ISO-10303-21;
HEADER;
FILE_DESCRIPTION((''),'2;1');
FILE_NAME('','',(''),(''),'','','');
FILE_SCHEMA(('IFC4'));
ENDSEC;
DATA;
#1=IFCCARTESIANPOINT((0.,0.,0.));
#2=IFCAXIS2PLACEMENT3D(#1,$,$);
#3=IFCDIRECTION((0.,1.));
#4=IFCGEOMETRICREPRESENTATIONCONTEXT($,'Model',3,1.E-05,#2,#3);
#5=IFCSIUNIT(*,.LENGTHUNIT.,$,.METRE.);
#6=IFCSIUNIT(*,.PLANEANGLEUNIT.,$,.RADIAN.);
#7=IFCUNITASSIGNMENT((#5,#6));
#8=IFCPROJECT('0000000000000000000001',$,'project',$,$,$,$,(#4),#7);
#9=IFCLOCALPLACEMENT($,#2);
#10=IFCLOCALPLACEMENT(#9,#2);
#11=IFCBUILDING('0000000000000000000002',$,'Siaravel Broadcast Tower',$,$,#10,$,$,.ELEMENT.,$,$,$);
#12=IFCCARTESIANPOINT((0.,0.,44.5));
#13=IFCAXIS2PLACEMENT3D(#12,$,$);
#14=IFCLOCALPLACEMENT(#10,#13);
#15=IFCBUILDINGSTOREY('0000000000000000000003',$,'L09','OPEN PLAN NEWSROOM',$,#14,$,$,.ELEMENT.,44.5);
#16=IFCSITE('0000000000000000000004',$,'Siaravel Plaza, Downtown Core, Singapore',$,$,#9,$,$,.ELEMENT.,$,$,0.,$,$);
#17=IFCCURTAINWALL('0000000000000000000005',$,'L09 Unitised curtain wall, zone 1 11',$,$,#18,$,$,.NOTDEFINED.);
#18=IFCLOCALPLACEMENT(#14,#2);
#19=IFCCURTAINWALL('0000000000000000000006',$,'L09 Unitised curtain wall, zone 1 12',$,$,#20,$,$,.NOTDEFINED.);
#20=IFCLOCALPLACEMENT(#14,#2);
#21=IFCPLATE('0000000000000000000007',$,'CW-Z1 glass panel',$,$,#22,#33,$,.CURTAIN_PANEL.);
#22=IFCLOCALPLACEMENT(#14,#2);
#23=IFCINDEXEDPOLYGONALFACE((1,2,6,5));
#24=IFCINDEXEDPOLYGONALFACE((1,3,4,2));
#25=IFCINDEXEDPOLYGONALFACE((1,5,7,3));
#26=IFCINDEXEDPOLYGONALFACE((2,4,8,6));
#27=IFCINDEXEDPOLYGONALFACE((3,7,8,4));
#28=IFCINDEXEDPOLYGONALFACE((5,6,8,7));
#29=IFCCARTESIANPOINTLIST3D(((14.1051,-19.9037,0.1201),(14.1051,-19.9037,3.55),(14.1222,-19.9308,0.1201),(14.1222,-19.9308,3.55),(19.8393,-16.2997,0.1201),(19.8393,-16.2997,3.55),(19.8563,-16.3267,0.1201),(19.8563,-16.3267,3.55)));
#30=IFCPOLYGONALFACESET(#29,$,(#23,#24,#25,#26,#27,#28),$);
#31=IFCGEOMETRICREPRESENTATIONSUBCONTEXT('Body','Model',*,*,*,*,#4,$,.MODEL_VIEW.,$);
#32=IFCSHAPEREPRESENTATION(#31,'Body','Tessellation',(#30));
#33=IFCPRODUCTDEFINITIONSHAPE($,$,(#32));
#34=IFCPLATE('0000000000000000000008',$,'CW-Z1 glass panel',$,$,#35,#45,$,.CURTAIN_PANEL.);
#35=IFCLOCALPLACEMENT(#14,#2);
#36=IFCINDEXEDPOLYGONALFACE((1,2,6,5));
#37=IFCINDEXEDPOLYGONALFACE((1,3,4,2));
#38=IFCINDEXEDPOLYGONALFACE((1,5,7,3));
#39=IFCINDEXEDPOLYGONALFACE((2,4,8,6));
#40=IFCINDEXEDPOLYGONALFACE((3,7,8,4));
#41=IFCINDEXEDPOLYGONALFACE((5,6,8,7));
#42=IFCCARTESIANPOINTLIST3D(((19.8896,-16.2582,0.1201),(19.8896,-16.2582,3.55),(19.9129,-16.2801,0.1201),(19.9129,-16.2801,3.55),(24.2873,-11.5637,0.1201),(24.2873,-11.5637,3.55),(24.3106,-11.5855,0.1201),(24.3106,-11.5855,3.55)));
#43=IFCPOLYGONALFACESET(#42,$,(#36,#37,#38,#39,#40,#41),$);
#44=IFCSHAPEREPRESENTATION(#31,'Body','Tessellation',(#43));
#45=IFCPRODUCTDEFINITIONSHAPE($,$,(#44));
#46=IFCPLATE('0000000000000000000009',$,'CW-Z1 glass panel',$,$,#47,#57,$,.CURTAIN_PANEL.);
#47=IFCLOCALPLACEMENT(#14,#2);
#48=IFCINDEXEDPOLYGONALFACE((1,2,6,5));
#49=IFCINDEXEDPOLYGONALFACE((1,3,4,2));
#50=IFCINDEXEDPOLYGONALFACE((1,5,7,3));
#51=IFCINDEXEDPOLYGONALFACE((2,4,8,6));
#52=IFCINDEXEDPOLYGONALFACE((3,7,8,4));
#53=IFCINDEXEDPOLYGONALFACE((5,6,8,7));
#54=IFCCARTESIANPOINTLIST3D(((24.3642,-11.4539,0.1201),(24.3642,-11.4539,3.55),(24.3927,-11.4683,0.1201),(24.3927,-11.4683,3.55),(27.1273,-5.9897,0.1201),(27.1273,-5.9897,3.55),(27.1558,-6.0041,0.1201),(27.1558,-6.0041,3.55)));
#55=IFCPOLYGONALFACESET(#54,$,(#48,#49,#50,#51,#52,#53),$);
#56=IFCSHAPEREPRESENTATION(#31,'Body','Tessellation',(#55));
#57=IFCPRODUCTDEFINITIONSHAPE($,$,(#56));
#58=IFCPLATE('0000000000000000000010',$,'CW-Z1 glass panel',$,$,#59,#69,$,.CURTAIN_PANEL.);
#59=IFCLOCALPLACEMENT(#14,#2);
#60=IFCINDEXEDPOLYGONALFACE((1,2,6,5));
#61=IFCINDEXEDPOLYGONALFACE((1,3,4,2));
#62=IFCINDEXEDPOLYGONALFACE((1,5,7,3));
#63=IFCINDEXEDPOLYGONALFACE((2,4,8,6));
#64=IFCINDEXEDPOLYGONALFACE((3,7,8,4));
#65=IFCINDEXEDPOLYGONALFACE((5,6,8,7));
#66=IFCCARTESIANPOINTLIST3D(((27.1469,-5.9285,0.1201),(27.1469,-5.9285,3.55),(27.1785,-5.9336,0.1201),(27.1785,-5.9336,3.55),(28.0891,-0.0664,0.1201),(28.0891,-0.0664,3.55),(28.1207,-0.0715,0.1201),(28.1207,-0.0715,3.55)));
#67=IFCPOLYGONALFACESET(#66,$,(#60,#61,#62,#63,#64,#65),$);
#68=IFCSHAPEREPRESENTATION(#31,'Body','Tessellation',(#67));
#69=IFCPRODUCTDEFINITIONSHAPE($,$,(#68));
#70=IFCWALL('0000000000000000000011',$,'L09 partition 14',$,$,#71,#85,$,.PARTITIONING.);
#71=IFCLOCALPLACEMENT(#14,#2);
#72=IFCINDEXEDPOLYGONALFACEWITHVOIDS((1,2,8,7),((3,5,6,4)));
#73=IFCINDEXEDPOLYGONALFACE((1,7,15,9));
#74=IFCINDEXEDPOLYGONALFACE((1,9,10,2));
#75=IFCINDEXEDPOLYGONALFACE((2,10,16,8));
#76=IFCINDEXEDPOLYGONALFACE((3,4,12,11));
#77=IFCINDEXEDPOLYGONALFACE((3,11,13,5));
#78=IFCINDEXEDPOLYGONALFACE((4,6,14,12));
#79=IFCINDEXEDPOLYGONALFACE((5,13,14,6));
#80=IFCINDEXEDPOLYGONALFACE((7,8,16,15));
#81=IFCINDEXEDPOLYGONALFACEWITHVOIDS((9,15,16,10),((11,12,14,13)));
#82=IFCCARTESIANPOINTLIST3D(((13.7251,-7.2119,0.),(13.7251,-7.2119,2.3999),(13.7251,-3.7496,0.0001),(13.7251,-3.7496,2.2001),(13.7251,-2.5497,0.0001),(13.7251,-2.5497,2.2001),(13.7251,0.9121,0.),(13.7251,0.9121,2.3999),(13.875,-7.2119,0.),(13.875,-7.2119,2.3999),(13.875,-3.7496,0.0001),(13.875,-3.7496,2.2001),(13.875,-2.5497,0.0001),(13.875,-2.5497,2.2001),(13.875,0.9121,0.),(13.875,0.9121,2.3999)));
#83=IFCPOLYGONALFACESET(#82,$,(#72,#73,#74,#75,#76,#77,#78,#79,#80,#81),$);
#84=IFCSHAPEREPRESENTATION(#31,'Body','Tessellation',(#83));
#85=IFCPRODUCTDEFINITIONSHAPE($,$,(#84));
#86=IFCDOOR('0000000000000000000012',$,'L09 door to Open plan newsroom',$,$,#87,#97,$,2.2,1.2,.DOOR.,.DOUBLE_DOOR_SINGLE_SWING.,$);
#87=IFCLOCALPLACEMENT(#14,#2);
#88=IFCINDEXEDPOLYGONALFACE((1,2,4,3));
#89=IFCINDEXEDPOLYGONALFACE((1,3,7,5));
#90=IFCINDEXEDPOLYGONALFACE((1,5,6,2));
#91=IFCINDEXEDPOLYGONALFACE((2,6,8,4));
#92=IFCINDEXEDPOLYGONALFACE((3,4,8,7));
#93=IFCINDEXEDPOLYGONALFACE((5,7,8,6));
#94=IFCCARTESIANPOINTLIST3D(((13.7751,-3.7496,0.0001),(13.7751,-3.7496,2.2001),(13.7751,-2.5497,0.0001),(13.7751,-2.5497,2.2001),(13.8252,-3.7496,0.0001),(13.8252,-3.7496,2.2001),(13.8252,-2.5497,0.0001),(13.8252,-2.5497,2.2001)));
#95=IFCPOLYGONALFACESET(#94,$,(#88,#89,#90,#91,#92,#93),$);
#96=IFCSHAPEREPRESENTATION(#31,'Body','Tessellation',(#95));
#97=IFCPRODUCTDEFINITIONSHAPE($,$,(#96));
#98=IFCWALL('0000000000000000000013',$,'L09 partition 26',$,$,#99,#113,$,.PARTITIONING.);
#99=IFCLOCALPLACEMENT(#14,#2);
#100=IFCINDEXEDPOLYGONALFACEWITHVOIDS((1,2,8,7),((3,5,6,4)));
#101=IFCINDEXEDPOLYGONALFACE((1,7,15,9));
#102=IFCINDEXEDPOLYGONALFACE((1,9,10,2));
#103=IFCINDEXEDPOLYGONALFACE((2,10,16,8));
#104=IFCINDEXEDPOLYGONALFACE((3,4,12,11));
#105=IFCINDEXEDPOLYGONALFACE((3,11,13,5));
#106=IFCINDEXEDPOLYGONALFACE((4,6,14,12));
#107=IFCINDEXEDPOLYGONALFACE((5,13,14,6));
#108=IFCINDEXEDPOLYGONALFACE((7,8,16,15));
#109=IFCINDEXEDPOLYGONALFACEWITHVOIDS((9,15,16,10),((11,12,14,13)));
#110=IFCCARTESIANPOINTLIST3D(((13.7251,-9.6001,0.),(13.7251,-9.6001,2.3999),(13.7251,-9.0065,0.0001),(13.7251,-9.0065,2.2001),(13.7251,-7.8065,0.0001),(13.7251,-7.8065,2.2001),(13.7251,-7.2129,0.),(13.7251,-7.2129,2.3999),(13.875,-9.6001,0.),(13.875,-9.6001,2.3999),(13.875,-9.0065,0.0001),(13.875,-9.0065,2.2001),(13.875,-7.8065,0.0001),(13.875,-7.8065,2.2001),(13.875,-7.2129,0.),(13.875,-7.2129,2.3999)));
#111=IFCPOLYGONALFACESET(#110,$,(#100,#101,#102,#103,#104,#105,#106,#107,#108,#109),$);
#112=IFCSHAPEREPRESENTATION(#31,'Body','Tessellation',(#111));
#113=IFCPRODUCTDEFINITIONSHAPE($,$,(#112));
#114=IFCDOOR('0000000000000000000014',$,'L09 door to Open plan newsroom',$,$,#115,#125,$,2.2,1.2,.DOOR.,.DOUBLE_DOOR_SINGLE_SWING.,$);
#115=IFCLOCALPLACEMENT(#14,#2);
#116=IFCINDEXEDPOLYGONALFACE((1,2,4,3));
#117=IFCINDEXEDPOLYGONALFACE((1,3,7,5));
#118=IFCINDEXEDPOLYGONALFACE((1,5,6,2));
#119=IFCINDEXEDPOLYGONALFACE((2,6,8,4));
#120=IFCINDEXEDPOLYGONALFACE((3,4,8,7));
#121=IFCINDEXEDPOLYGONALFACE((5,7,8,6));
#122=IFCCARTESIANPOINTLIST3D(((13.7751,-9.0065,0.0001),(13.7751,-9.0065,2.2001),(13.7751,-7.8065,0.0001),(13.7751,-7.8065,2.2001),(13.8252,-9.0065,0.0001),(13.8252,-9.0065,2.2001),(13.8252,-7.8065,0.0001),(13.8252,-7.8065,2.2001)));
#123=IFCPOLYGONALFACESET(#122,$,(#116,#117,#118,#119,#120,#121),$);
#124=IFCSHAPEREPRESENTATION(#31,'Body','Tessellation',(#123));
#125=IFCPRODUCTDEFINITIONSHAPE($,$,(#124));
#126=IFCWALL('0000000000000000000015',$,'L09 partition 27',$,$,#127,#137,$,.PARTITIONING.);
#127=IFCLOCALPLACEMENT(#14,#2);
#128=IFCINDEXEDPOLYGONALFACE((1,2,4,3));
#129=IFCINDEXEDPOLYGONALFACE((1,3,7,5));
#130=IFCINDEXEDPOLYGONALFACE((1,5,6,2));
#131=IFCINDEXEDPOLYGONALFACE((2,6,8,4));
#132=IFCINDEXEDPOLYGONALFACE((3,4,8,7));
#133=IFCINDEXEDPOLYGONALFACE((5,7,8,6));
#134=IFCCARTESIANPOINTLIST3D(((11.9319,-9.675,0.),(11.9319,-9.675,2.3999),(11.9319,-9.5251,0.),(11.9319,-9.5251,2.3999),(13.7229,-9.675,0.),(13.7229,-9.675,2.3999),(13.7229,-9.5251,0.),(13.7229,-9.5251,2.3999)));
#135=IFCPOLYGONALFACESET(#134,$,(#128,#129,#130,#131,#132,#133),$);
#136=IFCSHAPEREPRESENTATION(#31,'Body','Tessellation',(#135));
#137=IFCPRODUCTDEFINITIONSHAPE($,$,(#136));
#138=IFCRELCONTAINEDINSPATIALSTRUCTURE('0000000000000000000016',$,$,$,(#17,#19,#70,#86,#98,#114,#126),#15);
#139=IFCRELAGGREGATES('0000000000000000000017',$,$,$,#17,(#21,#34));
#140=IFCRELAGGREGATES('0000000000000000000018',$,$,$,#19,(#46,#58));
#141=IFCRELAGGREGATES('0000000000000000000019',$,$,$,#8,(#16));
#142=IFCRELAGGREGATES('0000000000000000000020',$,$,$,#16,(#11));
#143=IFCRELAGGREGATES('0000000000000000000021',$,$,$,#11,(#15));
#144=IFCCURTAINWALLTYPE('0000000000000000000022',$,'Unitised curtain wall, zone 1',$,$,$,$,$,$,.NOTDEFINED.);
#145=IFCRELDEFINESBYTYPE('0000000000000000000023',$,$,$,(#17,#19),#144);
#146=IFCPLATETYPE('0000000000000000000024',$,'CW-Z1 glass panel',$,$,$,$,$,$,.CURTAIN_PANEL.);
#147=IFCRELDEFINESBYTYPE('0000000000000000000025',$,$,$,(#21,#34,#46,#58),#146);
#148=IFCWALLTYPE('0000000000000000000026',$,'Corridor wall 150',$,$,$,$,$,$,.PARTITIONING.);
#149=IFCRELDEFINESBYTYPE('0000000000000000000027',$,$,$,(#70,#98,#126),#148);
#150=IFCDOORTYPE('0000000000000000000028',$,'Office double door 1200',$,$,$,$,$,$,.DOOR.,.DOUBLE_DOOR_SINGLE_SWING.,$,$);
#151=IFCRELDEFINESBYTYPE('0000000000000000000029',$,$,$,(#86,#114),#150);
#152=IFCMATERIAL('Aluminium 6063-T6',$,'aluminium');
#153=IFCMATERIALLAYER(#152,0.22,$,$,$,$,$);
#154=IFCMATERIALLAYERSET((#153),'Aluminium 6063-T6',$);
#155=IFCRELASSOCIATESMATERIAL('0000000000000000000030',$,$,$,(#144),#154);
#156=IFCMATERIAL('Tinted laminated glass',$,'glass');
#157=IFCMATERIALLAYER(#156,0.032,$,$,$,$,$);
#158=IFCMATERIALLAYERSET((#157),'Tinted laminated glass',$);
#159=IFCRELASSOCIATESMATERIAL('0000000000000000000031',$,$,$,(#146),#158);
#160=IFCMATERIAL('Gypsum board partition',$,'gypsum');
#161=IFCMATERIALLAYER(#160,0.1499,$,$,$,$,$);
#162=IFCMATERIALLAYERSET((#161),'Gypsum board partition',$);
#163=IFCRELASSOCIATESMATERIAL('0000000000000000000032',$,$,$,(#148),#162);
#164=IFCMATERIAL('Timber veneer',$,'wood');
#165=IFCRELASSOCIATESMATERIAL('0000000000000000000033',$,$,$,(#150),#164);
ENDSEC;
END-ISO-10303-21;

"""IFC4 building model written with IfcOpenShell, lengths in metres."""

from ifc_helpers import new_model, si_unit, direction, frame, frame_2d, origin, origin_2d, place, context, subcontext, project, spatial, rectangle, extrude, material, layer, layer_set, type_object, element, fill, aggregate, save


model = new_model("IFC4")

# Units and contexts
model_context = context("Model", 3, precision=1e-05, world=origin(), true_north=direction((0.0, 1.0)))
body_context = subcontext(model_context, "Body", "Model", "MODEL_VIEW")
ifc_project = project(units=[si_unit("LENGTHUNIT", "METRE"), si_unit("PLANEANGLEUNIT", "RADIAN")], contexts=[model_context])

# Site, building, storey
site_placement = place(None, origin())
site = spatial("IfcSite", under=ifc_project, at=site_placement, Name="Siaravel Plaza, Downtown Core, Singapore", CompositionType="ELEMENT", RefElevation=0.0)
building_placement = place(site_placement, origin())
building = spatial("IfcBuilding", under=site, at=building_placement, Name="Siaravel Broadcast Tower", CompositionType="ELEMENT")
storey_placement = place(building_placement, frame((0.0, 0.0, 44.5)))
storey = spatial("IfcBuildingStorey", under=building, at=storey_placement, Name="L09", Description="OPEN PLAN NEWSROOM", CompositionType="ELEMENT", Elevation=44.5)

# Shared definitions
ifc_material_1 = material(Name="Aluminium 6063-T6", Category="aluminium")
ifc_layer_1 = layer(ifc_material_1, 0.22)
ifc_layer_set_1 = layer_set([ifc_layer_1], Name="Aluminium 6063-T6")
curtain_wall_type = type_object("IfcCurtainWallType", Name="Unitised curtain wall, zone 1", PredefinedType="NOTDEFINED", material=ifc_layer_set_1)

# Curtain walls
curtain_wall_1_placement = place(storey_placement, origin())
curtain_wall_1 = element("IfcCurtainWall", 1, at=curtain_wall_1_placement, inside=storey, type_object=curtain_wall_type, Name="L09 Unitised curtain wall, zone 1 11", PredefinedType="NOTDEFINED")
curtain_wall_2_placement = place(storey_placement, origin())
curtain_wall_2 = element("IfcCurtainWall", 2, at=curtain_wall_2_placement, inside=storey, type_object=curtain_wall_type, Name="L09 Unitised curtain wall, zone 1 12", PredefinedType="NOTDEFINED")

# Plates
ifc_material_2 = material(Name="Tinted laminated glass", Category="glass")
ifc_layer_2 = layer(ifc_material_2, 0.032)
ifc_layer_set_2 = layer_set([ifc_layer_2], Name="Tinted laminated glass")
plate_type = type_object("IfcPlateType", Name="CW-Z1 glass panel", PredefinedType="CURTAIN_PANEL", material=ifc_layer_set_2)
plate_1_placement = place(storey_placement, frame((16.9807, -18.1152, 0.1201), z_axis=(0.0, 0.0, 1.0), x_axis=(0.846651, 0.532149, 0.0)))
plate_1 = element("IfcPlate", 3, at=plate_1_placement, type_object=plate_type, Name="CW-Z1 glass panel", PredefinedType="CURTAIN_PANEL", context=body_context, shape_type="SweptSolid", body=[
    extrude(rectangle(XDim=6.7727, YDim=0.032, at=origin_2d()), origin(), (0.0, 0.0, 1.0), 3.4299),
])
plate_2_placement = place(storey_placement, frame((22.1001, -13.9219, 0.1201), z_axis=(0.0, 0.0, 1.0), x_axis=(0.683655, 0.729805, 0.0)))
plate_2 = element("IfcPlate", 4, at=plate_2_placement, type_object=plate_type, Name="CW-Z1 glass panel", PredefinedType="CURTAIN_PANEL", context=body_context, shape_type="SweptSolid", body=[
    extrude(rectangle(XDim=6.4326, YDim=0.032, at=origin_2d()), origin(), (0.0, 0.0, 1.0), 3.4299),
])
aggregate(curtain_wall_1, [plate_1, plate_2])
plate_3_placement = place(storey_placement, frame((25.76, -8.729, 0.1201), z_axis=(0.0, 0.0, 1.0), x_axis=(0.451261, 0.892392, 0.0)))
plate_3 = element("IfcPlate", 5, at=plate_3_placement, type_object=plate_type, Name="CW-Z1 glass panel", PredefinedType="CURTAIN_PANEL", context=body_context, shape_type="SweptSolid", body=[
    extrude(rectangle(XDim=6.123, YDim=0.032, at=origin_2d()), origin(), (0.0, 0.0, 1.0), 3.4299),
])
plate_4_placement = place(storey_placement, frame((27.6338, -3.0, 0.1201), z_axis=(0.0, 0.0, 1.0), x_axis=(0.158686, 0.987329, 0.0)))
plate_4 = element("IfcPlate", 6, at=plate_4_placement, type_object=plate_type, Name="CW-Z1 glass panel", PredefinedType="CURTAIN_PANEL", context=body_context, shape_type="SweptSolid", body=[
    extrude(rectangle(XDim=5.9373, YDim=0.032, at=origin_2d()), origin(), (0.0, 0.0, 1.0), 3.4299),
])
aggregate(curtain_wall_2, [plate_3, plate_4])

# Walls, openings, doors
ifc_material_3 = material(Name="Gypsum board partition", Category="gypsum")
ifc_layer_3 = layer(ifc_material_3, 0.1499)
ifc_layer_set_3 = layer_set([ifc_layer_3], Name="Gypsum board partition")
wall_type = type_object("IfcWallType", Name="Corridor wall 150", PredefinedType="PARTITIONING", material=ifc_layer_set_3)
wall_1_placement = place(storey_placement, frame((13.8, -7.2119, 0.0), z_axis=(0.0, 0.0, 1.0), x_axis=(0.0, 1.0, 0.0)))
wall_1 = element("IfcWall", 7, at=wall_1_placement, inside=storey, type_object=wall_type, Name="L09 partition 14", PredefinedType="PARTITIONING", context=body_context, shape_type="SweptSolid", body=[
    extrude(rectangle(XDim=8.124, YDim=0.1499, at=frame_2d((4.062, 0.0))), origin(), (0.0, 0.0, 1.0), 2.3999),
])
opening_1_placement = place(wall_1_placement, frame((3.4622, 0.0, 0.0)))
opening_1 = element("IfcOpeningElement", 8, at=opening_1_placement, cuts=wall_1, PredefinedType="OPENING", context=body_context, shape_type="SweptSolid", body=[
    extrude(rectangle(XDim=1.2, YDim=2.2, at=frame_2d((0.6001, 1.1001))), frame((0.0, 0.085, 0.0), z_axis=(0.0, -1.0, 0.0), x_axis=(1.0, 0.0, 0.0)), (0.0, 0.0, 1.0), 0.1699),
])
ifc_material_4 = material(Name="Timber veneer", Category="wood")
door_type = type_object("IfcDoorType", Name="Office double door 1200", OperationType="DOUBLE_DOOR_SINGLE_SWING", PredefinedType="DOOR", material=ifc_material_4)
door_1_placement = place(opening_1_placement, origin())
door_1 = element("IfcDoor", 9, at=door_1_placement, inside=storey, type_object=door_type, Name="L09 door to Open plan newsroom", OperationType="DOUBLE_DOOR_SINGLE_SWING", OverallHeight=2.2, OverallWidth=1.2, PredefinedType="DOOR", context=body_context, shape_type="SweptSolid", body=[
    extrude(rectangle(XDim=1.2, YDim=2.2, at=frame_2d((0.6001, 1.1001))), frame((0.0, 0.0249, 0.0), z_axis=(0.0, -1.0, 0.0), x_axis=(1.0, 0.0, 0.0)), (0.0, 0.0, 1.0), 0.05),
])
fill(opening_1, door_1)
wall_2_placement = place(storey_placement, frame((13.8, -9.6001, 0.0), z_axis=(0.0, 0.0, 1.0), x_axis=(0.0, 1.0, 0.0)))
wall_2 = element("IfcWall", 10, at=wall_2_placement, inside=storey, type_object=wall_type, Name="L09 partition 26", PredefinedType="PARTITIONING", context=body_context, shape_type="SweptSolid", body=[
    extrude(rectangle(XDim=2.3872, YDim=0.1499, at=frame_2d((1.1936, 0.0))), origin(), (0.0, 0.0, 1.0), 2.3999),
])
opening_2_placement = place(wall_2_placement, frame((0.5935, 0.0, 0.0)))
opening_2 = element("IfcOpeningElement", 11, at=opening_2_placement, cuts=wall_2, PredefinedType="OPENING", context=body_context, shape_type="SweptSolid", body=[
    extrude(rectangle(XDim=1.2, YDim=2.2, at=frame_2d((0.6001, 1.1001))), frame((0.0, 0.085, 0.0), z_axis=(0.0, -1.0, 0.0), x_axis=(1.0, 0.0, 0.0)), (0.0, 0.0, 1.0), 0.1699),
])
door_2_placement = place(opening_2_placement, origin())
door_2 = element("IfcDoor", 12, at=door_2_placement, inside=storey, type_object=door_type, Name="L09 door to Open plan newsroom", OperationType="DOUBLE_DOOR_SINGLE_SWING", OverallHeight=2.2, OverallWidth=1.2, PredefinedType="DOOR", context=body_context, shape_type="SweptSolid", body=[
    extrude(rectangle(XDim=1.2, YDim=2.2, at=frame_2d((0.6001, 1.1001))), frame((0.0, 0.0249, 0.0), z_axis=(0.0, -1.0, 0.0), x_axis=(1.0, 0.0, 0.0)), (0.0, 0.0, 1.0), 0.05),
])
fill(opening_2, door_2)

# Wall
wall_3_placement = place(storey_placement, frame((11.9319, -9.6001, 0.0), z_axis=(0.0, 0.0, 1.0), x_axis=(1.0, 0.0, 0.0)))
element("IfcWall", 13, at=wall_3_placement, inside=storey, type_object=wall_type, Name="L09 partition 27", PredefinedType="PARTITIONING", context=body_context, shape_type="SweptSolid", body=[
    extrude(rectangle(XDim=1.791, YDim=0.1499, at=frame_2d((0.8955, 0.0))), origin(), (0.0, 0.0, 1.0), 2.3999),
])

save(model, "model.ifc")
